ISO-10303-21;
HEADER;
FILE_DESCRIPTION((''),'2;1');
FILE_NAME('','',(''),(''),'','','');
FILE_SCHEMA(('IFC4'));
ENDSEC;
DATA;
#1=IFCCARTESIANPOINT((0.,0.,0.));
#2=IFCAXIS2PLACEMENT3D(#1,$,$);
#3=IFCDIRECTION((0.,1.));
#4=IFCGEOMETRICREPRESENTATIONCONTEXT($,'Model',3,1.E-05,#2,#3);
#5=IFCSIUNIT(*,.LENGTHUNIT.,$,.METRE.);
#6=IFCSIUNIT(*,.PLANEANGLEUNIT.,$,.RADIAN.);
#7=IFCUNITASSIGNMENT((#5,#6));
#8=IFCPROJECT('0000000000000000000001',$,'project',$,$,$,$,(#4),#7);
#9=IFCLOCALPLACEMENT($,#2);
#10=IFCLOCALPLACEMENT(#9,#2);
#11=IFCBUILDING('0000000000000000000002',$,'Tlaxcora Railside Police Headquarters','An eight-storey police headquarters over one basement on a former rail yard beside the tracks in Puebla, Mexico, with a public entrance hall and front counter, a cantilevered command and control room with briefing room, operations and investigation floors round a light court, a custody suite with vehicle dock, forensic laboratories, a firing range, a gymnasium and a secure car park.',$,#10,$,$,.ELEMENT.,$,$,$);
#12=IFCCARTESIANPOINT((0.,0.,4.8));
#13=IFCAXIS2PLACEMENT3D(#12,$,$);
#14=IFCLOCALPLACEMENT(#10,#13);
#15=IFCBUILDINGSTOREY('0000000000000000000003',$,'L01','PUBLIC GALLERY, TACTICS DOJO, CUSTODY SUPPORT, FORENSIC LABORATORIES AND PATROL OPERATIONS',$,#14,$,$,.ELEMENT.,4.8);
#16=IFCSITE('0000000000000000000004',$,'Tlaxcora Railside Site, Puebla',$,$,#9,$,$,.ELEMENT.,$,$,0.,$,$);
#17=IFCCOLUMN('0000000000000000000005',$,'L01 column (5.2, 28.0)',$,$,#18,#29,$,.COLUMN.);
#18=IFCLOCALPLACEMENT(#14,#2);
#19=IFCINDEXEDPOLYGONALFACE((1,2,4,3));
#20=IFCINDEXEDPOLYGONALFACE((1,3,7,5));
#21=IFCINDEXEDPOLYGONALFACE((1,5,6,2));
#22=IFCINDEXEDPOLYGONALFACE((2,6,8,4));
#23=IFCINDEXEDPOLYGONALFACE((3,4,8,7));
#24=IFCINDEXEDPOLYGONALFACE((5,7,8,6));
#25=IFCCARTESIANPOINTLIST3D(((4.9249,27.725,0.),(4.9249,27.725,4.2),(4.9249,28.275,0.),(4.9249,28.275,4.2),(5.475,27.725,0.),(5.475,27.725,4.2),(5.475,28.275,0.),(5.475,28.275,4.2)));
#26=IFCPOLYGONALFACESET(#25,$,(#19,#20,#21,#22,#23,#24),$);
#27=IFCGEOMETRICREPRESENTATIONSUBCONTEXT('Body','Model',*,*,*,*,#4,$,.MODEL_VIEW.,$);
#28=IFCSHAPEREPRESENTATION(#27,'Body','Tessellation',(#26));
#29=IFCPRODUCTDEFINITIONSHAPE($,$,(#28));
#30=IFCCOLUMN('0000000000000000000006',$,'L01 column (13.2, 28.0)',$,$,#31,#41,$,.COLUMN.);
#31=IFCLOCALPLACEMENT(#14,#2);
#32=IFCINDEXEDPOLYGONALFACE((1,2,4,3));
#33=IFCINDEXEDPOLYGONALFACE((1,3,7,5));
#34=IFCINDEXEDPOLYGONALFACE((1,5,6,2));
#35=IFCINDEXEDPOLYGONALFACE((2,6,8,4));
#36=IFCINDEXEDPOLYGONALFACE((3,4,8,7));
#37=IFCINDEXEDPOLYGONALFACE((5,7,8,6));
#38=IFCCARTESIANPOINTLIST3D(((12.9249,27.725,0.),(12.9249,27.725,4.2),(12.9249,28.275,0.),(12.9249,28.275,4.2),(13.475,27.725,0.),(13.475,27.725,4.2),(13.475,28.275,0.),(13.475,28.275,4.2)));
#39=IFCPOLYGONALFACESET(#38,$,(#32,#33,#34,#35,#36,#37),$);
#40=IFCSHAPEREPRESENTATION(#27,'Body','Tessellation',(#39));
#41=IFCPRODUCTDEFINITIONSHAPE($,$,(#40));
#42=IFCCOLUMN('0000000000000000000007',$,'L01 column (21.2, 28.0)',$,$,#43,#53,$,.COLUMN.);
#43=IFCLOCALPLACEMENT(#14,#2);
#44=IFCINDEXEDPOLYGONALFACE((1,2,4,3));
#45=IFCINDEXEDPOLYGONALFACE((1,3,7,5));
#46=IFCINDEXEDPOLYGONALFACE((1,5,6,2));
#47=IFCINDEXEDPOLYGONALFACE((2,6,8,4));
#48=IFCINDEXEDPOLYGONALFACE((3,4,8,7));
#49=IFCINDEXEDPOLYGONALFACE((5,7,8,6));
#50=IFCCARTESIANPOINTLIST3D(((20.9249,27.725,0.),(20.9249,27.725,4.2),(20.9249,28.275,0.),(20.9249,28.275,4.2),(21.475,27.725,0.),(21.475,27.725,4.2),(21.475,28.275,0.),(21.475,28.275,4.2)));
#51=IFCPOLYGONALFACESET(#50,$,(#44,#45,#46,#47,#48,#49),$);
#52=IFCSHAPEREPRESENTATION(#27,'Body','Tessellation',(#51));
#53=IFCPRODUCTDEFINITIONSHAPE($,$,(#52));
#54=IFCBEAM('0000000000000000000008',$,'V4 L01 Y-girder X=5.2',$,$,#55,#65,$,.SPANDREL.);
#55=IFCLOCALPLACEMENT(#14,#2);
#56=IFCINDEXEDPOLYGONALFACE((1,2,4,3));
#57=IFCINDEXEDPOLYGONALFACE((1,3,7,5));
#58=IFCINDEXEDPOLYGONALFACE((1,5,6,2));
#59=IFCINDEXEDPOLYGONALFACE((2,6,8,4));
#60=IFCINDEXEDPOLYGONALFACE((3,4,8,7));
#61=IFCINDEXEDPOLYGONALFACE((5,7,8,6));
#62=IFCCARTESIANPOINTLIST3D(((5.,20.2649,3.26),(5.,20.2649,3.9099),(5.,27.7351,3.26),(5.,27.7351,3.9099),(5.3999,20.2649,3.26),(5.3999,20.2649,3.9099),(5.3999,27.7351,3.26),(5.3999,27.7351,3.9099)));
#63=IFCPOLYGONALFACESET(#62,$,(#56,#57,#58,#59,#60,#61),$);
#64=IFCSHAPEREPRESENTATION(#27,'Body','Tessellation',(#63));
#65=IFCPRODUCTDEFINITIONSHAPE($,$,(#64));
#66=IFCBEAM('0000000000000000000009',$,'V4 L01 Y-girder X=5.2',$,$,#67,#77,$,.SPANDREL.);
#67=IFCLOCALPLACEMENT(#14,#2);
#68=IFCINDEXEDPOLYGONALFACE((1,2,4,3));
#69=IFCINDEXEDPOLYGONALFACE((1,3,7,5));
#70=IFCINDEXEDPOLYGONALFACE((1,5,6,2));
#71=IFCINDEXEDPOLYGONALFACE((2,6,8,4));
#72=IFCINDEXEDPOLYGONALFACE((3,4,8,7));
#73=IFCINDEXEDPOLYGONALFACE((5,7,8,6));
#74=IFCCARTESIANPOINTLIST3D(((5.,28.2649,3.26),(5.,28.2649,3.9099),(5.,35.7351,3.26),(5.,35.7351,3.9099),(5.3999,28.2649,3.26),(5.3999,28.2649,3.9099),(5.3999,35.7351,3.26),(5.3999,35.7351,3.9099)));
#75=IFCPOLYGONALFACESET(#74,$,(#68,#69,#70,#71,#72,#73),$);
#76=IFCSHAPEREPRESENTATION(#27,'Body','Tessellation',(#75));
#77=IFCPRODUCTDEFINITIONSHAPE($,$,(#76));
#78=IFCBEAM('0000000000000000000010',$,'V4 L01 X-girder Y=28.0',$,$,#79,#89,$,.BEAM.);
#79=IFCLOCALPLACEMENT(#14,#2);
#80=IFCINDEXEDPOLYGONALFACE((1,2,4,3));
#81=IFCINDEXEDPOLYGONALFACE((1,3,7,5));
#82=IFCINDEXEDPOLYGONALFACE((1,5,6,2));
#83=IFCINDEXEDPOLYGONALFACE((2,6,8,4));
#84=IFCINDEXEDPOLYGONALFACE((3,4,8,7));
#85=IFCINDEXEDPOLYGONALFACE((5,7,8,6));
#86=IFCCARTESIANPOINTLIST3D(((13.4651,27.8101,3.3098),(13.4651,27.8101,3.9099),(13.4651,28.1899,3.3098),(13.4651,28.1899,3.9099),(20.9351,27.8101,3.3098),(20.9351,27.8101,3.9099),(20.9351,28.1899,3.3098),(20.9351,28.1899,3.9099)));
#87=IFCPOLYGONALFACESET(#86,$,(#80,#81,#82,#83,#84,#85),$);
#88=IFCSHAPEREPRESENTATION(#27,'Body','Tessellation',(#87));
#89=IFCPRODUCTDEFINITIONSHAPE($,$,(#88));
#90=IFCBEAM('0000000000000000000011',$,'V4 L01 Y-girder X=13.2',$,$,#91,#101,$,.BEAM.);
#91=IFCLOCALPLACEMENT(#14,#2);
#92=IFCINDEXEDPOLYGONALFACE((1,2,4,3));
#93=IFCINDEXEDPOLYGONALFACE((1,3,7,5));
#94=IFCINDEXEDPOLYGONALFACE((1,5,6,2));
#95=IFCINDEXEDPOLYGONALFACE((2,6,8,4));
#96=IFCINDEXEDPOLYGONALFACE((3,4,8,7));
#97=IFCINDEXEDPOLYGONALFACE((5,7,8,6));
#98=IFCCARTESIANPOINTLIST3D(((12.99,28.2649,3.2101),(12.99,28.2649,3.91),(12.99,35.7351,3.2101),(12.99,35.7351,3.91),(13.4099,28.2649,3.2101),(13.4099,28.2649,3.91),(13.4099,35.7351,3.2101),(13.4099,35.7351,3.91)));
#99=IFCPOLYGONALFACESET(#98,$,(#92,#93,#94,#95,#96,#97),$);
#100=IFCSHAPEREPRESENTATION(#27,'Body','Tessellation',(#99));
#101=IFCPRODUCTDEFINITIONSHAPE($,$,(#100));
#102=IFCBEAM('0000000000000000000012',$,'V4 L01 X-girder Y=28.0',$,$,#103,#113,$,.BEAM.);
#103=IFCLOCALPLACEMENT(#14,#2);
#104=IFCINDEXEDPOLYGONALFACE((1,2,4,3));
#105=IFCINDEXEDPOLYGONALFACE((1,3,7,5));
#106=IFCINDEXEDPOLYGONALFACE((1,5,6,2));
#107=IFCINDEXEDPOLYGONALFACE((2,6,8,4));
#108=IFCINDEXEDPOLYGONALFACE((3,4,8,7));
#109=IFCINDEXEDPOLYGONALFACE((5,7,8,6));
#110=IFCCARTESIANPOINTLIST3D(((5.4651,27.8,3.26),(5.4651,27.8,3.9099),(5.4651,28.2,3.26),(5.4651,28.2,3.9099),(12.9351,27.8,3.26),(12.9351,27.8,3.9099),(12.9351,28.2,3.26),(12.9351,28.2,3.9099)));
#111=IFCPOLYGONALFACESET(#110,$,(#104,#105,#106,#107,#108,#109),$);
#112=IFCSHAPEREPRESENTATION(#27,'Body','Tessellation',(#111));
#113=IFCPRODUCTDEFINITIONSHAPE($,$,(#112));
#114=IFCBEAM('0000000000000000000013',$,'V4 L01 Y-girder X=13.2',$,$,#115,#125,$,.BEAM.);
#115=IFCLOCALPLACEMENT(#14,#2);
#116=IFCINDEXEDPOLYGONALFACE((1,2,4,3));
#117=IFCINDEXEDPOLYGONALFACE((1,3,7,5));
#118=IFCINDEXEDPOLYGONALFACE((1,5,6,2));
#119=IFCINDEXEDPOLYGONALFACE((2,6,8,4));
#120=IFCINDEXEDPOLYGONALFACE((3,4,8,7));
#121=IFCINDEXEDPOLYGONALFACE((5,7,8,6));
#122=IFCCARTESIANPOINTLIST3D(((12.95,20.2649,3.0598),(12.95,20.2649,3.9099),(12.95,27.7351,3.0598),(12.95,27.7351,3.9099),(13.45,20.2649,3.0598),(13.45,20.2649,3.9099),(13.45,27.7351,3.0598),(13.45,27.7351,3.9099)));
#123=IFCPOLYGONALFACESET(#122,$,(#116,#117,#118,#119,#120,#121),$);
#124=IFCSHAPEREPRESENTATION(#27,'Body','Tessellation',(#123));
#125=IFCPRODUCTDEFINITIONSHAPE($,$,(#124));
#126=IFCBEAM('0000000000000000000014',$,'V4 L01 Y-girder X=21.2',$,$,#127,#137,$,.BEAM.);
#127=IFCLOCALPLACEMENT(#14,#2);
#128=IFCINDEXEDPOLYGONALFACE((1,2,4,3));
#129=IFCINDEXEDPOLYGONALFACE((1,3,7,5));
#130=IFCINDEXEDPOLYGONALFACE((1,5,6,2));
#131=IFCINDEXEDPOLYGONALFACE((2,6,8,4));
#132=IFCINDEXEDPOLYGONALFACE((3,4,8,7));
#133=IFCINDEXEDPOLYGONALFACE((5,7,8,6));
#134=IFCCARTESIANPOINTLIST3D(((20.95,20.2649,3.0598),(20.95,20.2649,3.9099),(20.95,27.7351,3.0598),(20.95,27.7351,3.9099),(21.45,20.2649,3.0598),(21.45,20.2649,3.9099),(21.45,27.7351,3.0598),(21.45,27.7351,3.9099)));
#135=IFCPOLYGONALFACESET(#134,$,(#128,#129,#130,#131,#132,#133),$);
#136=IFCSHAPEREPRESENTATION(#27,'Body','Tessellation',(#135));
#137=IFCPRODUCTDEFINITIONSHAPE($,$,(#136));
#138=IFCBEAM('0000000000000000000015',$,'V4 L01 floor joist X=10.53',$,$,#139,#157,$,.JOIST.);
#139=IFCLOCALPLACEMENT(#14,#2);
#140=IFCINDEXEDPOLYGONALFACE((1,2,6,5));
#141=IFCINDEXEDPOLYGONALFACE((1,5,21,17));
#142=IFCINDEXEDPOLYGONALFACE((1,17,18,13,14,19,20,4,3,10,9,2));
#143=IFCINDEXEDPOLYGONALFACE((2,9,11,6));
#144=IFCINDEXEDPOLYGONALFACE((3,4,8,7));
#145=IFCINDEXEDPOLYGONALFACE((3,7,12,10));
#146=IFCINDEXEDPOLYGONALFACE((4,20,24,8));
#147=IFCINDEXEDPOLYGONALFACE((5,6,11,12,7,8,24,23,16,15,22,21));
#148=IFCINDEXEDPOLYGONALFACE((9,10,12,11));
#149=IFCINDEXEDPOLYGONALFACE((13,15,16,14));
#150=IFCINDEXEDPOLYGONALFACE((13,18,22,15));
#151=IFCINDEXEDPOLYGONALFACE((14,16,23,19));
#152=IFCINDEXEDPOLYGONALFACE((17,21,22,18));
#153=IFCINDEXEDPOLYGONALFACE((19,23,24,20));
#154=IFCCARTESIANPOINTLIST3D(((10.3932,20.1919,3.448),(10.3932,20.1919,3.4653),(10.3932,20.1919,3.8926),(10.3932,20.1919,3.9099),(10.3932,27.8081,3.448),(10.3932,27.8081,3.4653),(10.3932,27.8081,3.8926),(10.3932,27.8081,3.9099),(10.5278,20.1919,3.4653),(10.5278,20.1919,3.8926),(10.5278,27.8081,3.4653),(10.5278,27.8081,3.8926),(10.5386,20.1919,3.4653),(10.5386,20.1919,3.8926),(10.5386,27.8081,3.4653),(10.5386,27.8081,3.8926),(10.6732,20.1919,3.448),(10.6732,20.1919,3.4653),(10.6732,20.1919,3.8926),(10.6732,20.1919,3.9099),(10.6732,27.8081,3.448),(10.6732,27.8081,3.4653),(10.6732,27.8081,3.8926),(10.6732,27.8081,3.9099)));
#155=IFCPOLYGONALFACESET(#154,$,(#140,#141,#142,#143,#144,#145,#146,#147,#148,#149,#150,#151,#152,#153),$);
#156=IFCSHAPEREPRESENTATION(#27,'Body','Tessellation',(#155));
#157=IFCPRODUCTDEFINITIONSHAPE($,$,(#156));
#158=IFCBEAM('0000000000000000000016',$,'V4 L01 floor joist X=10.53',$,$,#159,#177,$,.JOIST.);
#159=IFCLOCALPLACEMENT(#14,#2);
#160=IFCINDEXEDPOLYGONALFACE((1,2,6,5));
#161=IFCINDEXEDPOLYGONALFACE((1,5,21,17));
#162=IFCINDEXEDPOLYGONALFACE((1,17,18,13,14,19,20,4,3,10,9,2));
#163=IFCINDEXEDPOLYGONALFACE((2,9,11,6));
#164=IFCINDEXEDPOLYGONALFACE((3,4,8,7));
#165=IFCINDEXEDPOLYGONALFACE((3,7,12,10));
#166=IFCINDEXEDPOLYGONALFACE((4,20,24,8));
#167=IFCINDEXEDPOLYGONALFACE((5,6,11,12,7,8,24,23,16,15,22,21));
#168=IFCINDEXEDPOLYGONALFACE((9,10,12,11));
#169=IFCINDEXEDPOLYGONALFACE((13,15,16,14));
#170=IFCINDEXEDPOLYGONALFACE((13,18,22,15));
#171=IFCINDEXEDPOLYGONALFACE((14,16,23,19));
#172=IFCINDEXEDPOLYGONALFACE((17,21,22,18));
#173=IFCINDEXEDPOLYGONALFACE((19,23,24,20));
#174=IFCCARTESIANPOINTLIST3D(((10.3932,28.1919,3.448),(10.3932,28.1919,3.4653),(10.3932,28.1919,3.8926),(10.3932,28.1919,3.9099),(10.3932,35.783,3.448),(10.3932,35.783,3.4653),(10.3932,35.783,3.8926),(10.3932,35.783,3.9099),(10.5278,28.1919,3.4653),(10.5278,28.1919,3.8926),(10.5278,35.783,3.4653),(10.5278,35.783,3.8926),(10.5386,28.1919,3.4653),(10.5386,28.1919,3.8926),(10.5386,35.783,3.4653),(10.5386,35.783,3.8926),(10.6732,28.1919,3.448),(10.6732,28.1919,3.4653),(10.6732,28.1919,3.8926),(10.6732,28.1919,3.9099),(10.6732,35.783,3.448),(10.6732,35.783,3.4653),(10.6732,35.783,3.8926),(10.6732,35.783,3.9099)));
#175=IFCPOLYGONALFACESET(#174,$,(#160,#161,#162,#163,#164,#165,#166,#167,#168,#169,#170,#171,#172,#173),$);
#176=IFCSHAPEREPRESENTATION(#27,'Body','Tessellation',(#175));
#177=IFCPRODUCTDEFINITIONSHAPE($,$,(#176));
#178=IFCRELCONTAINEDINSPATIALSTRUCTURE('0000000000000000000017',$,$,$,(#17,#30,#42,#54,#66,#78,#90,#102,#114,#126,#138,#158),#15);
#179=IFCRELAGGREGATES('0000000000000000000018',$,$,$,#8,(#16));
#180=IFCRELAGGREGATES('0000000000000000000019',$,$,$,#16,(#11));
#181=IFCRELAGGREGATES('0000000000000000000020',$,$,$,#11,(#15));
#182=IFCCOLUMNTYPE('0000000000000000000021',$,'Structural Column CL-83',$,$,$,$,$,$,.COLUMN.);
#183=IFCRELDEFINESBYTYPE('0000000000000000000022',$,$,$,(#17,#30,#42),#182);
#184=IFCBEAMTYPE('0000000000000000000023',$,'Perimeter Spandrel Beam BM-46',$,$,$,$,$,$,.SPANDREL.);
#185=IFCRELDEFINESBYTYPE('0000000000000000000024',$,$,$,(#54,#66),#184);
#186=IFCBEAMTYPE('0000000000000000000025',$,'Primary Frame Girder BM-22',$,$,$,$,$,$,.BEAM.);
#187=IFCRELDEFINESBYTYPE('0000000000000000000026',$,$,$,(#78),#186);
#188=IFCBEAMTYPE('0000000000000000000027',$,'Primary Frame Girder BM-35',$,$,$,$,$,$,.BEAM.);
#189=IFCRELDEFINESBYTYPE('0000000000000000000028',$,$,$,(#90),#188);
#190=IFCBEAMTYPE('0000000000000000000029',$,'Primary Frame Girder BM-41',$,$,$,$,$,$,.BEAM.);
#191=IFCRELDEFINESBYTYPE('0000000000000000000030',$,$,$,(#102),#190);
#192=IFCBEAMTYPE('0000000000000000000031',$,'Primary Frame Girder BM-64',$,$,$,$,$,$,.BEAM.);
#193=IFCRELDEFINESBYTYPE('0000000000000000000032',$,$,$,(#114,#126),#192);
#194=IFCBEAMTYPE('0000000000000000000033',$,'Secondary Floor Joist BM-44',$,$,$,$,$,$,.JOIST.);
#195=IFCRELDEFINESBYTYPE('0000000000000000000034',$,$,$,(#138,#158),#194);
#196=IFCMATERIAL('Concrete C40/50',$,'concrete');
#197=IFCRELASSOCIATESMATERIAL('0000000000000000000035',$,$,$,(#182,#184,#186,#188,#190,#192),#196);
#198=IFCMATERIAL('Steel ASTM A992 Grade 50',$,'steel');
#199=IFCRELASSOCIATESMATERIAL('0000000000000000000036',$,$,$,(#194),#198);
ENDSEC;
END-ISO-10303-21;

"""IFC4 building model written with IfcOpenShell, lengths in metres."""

from ifc_helpers import new_model, si_unit, direction, frame, origin, origin_2d, place, context, subcontext, project, spatial, rectangle, i_section, extrude, material, material_profile, profile_set, type_object, element, save


model = new_model("IFC4")

# Units and contexts
model_context = context("Model", 3, precision=1e-05, world=origin(), true_north=direction((0.0, 1.0)))
body_context = subcontext(model_context, "Body", "Model", "MODEL_VIEW")
ifc_project = project(units=[si_unit("LENGTHUNIT", "METRE"), si_unit("PLANEANGLEUNIT", "RADIAN")], contexts=[model_context])

# Site, building, storey
site_placement = place(None, origin())
site = spatial("IfcSite", under=ifc_project, at=site_placement, Name="Tlaxcora Railside Site, Puebla", CompositionType="ELEMENT", RefElevation=0.0)
building_placement = place(site_placement, origin())
building = spatial("IfcBuilding", under=site, at=building_placement, Name="Tlaxcora Railside Police Headquarters", Description="An eight-storey police headquarters over one basement on a former rail yard beside the tracks in Puebla, Mexico, with a public entrance hall and front counter, a cantilevered command and control room with briefing room, operations and investigation floors round a light court, a custody suite with vehicle dock, forensic laboratories, a firing range, a gymnasium and a secure car park.", CompositionType="ELEMENT")
storey_placement = place(building_placement, frame((0.0, 0.0, 4.8)))
storey = spatial("IfcBuildingStorey", under=building, at=storey_placement, Name="L01", Description="PUBLIC GALLERY, TACTICS DOJO, CUSTODY SUPPORT, FORENSIC LABORATORIES AND PATROL OPERATIONS", CompositionType="ELEMENT", Elevation=4.8)

# Columns
ifc_material_1 = material(Name="Concrete C40/50", Category="concrete")
ifc_material_profile_1 = material_profile(ifc_material_1, rectangle(XDim=0.55, YDim=0.55, at=origin_2d()), Name="RC550X550")
ifc_profile_set_1 = profile_set([ifc_material_profile_1], Name="Concrete C40/50")
column_type = type_object("IfcColumnType", Name="Structural Column CL-83", PredefinedType="COLUMN", material=ifc_profile_set_1)
for number, where, z_axis, x_axis, name in (
    (1, (5.2, 28.0, 0.0), (0.0, 0.0, 1.0), (1.0, 0.0, 0.0), "L01 column (5.2, 28.0)"),
    (2, (13.2, 28.0, 0.0), (0.0, 0.0, 1.0), (1.0, 0.0, 0.0), "L01 column (13.2, 28.0)"),
    (3, (21.2, 28.0, 0.0), (0.0, 0.0, 1.0), (1.0, 0.0, 0.0), "L01 column (21.2, 28.0)"),
):
    element("IfcColumn", number, at=place(storey_placement, frame(where, z_axis=z_axis, x_axis=x_axis)), inside=storey, type_object=column_type, Name=name, PredefinedType="COLUMN", context=body_context, shape_type="SweptSolid", body=[
        extrude(rectangle(XDim=0.55, YDim=0.55, at=origin_2d()), origin(), (0.0, 0.0, 1.0), 4.2),
    ])

# Beams
ifc_material_profile_2 = material_profile(ifc_material_1, rectangle(XDim=0.3999, YDim=0.6499, at=origin_2d()), Name="RC400X650")
ifc_profile_set_2 = profile_set([ifc_material_profile_2], Name="Concrete C40/50")
beam_type_1 = type_object("IfcBeamType", Name="Perimeter Spandrel Beam BM-46", PredefinedType="SPANDREL", material=ifc_profile_set_2)
for number, where, z_axis, x_axis, name in (
    (4, (5.2, 20.2649, 3.585), (0.0, 1.0, 0.0), (-1.0, 0.0, 0.0), "V4 L01 Y-girder X=5.2"),
    (5, (5.2, 28.2649, 3.585), (0.0, 1.0, 0.0), (-1.0, 0.0, 0.0), "V4 L01 Y-girder X=5.2"),
):
    element("IfcBeam", number, at=place(storey_placement, frame(where, z_axis=z_axis, x_axis=x_axis)), inside=storey, type_object=beam_type_1, Name=name, PredefinedType="SPANDREL", context=body_context, shape_type="SweptSolid", body=[
        extrude(rectangle(XDim=0.3999, YDim=0.6499, at=origin_2d()), origin(), (0.0, 0.0, 1.0), 7.4702),
    ])
ifc_material_profile_3 = material_profile(ifc_material_1, rectangle(XDim=0.3799, YDim=0.6001, at=origin_2d()), Name="RC380X600")
ifc_profile_set_3 = profile_set([ifc_material_profile_3], Name="Concrete C40/50")
beam_type_2 = type_object("IfcBeamType", Name="Primary Frame Girder BM-22", PredefinedType="BEAM", material=ifc_profile_set_3)
beam_1_placement = place(storey_placement, frame((13.4651, 28.0, 3.6099), z_axis=(1.0, 0.0, 0.0), x_axis=(0.0, 1.0, 0.0)))
element("IfcBeam", 6, at=beam_1_placement, inside=storey, type_object=beam_type_2, Name="V4 L01 X-girder Y=28.0", PredefinedType="BEAM", context=body_context, shape_type="SweptSolid", body=[
    extrude(rectangle(XDim=0.3799, YDim=0.6001, at=origin_2d()), origin(), (0.0, 0.0, 1.0), 7.47),
])
ifc_material_profile_4 = material_profile(ifc_material_1, rectangle(XDim=0.4199, YDim=0.7, at=origin_2d()), Name="RC420X700")
ifc_profile_set_4 = profile_set([ifc_material_profile_4], Name="Concrete C40/50")
beam_type_3 = type_object("IfcBeamType", Name="Primary Frame Girder BM-35", PredefinedType="BEAM", material=ifc_profile_set_4)
beam_2_placement = place(storey_placement, frame((13.2, 28.2649, 3.5601), z_axis=(0.0, 1.0, 0.0), x_axis=(-1.0, 0.0, 0.0)))
element("IfcBeam", 7, at=beam_2_placement, inside=storey, type_object=beam_type_3, Name="V4 L01 Y-girder X=13.2", PredefinedType="BEAM", context=body_context, shape_type="SweptSolid", body=[
    extrude(rectangle(XDim=0.4199, YDim=0.7, at=origin_2d()), origin(), (0.0, 0.0, 1.0), 7.4702),
])
ifc_material_profile_5 = material_profile(ifc_material_1, rectangle(XDim=0.3999, YDim=0.6499, at=origin_2d()), Name="RC400X650")
ifc_profile_set_5 = profile_set([ifc_material_profile_5], Name="Concrete C40/50")
beam_type_4 = type_object("IfcBeamType", Name="Primary Frame Girder BM-41", PredefinedType="BEAM", material=ifc_profile_set_5)
beam_3_placement = place(storey_placement, frame((5.4651, 28.0, 3.585), z_axis=(1.0, 0.0, 0.0), x_axis=(0.0, 1.0, 0.0)))
element("IfcBeam", 8, at=beam_3_placement, inside=storey, type_object=beam_type_4, Name="V4 L01 X-girder Y=28.0", PredefinedType="BEAM", context=body_context, shape_type="SweptSolid", body=[
    extrude(rectangle(XDim=0.3999, YDim=0.6499, at=origin_2d()), origin(), (0.0, 0.0, 1.0), 7.47),
])
ifc_material_profile_6 = material_profile(ifc_material_1, rectangle(XDim=0.5, YDim=0.8501, at=origin_2d()), Name="RC500X850")
ifc_profile_set_6 = profile_set([ifc_material_profile_6], Name="Concrete C40/50")
beam_type_5 = type_object("IfcBeamType", Name="Primary Frame Girder BM-64", PredefinedType="BEAM", material=ifc_profile_set_6)
for number, where, z_axis, x_axis, name in (
    (9, (13.2, 20.2649, 3.4849), (0.0, 1.0, 0.0), (-1.0, 0.0, 0.0), "V4 L01 Y-girder X=13.2"),
    (10, (21.2, 20.2649, 3.4849), (0.0, 1.0, 0.0), (-1.0, 0.0, 0.0), "V4 L01 Y-girder X=21.2"),
):
    element("IfcBeam", number, at=place(storey_placement, frame(where, z_axis=z_axis, x_axis=x_axis)), inside=storey, type_object=beam_type_5, Name=name, PredefinedType="BEAM", context=body_context, shape_type="SweptSolid", body=[
        extrude(rectangle(XDim=0.5, YDim=0.8501, at=origin_2d()), origin(), (0.0, 0.0, 1.0), 7.4702),
    ])
ifc_material_2 = material(Name="Steel ASTM A992 Grade 50", Category="steel")
ifc_material_profile_7 = material_profile(ifc_material_2, i_section(OverallWidth=0.28, OverallDepth=0.4619, WebThickness=0.0107, FlangeThickness=0.0173, at=origin_2d()), Name="W18X76")
ifc_profile_set_7 = profile_set([ifc_material_profile_7], Name="Steel ASTM A992 Grade 50")
beam_type_6 = type_object("IfcBeamType", Name="Secondary Floor Joist BM-44", PredefinedType="JOIST", material=ifc_profile_set_7)
beam_4_placement = place(storey_placement, frame((10.5332, 20.1919, 3.679), z_axis=(0.0, 1.0, 0.0), x_axis=(-1.0, 0.0, 0.0)))
element("IfcBeam", 11, at=beam_4_placement, inside=storey, type_object=beam_type_6, Name="V4 L01 floor joist X=10.53", PredefinedType="JOIST", context=body_context, shape_type="SweptSolid", body=[
    extrude(i_section(OverallWidth=0.28, OverallDepth=0.4619, WebThickness=0.0107, FlangeThickness=0.0173, at=origin_2d()), origin(), (0.0, 0.0, 1.0), 7.6162),
])
beam_5_placement = place(storey_placement, frame((10.5332, 28.1919, 3.679), z_axis=(0.0, 1.0, 0.0), x_axis=(-1.0, 0.0, 0.0)))
element("IfcBeam", 12, at=beam_5_placement, inside=storey, type_object=beam_type_6, Name="V4 L01 floor joist X=10.53", PredefinedType="JOIST", context=body_context, shape_type="SweptSolid", body=[
    extrude(i_section(OverallWidth=0.28, OverallDepth=0.4619, WebThickness=0.0107, FlangeThickness=0.0173, at=origin_2d()), origin(), (0.0, 0.0, 1.0), 7.5911),
])

save(model, "model.ifc")
